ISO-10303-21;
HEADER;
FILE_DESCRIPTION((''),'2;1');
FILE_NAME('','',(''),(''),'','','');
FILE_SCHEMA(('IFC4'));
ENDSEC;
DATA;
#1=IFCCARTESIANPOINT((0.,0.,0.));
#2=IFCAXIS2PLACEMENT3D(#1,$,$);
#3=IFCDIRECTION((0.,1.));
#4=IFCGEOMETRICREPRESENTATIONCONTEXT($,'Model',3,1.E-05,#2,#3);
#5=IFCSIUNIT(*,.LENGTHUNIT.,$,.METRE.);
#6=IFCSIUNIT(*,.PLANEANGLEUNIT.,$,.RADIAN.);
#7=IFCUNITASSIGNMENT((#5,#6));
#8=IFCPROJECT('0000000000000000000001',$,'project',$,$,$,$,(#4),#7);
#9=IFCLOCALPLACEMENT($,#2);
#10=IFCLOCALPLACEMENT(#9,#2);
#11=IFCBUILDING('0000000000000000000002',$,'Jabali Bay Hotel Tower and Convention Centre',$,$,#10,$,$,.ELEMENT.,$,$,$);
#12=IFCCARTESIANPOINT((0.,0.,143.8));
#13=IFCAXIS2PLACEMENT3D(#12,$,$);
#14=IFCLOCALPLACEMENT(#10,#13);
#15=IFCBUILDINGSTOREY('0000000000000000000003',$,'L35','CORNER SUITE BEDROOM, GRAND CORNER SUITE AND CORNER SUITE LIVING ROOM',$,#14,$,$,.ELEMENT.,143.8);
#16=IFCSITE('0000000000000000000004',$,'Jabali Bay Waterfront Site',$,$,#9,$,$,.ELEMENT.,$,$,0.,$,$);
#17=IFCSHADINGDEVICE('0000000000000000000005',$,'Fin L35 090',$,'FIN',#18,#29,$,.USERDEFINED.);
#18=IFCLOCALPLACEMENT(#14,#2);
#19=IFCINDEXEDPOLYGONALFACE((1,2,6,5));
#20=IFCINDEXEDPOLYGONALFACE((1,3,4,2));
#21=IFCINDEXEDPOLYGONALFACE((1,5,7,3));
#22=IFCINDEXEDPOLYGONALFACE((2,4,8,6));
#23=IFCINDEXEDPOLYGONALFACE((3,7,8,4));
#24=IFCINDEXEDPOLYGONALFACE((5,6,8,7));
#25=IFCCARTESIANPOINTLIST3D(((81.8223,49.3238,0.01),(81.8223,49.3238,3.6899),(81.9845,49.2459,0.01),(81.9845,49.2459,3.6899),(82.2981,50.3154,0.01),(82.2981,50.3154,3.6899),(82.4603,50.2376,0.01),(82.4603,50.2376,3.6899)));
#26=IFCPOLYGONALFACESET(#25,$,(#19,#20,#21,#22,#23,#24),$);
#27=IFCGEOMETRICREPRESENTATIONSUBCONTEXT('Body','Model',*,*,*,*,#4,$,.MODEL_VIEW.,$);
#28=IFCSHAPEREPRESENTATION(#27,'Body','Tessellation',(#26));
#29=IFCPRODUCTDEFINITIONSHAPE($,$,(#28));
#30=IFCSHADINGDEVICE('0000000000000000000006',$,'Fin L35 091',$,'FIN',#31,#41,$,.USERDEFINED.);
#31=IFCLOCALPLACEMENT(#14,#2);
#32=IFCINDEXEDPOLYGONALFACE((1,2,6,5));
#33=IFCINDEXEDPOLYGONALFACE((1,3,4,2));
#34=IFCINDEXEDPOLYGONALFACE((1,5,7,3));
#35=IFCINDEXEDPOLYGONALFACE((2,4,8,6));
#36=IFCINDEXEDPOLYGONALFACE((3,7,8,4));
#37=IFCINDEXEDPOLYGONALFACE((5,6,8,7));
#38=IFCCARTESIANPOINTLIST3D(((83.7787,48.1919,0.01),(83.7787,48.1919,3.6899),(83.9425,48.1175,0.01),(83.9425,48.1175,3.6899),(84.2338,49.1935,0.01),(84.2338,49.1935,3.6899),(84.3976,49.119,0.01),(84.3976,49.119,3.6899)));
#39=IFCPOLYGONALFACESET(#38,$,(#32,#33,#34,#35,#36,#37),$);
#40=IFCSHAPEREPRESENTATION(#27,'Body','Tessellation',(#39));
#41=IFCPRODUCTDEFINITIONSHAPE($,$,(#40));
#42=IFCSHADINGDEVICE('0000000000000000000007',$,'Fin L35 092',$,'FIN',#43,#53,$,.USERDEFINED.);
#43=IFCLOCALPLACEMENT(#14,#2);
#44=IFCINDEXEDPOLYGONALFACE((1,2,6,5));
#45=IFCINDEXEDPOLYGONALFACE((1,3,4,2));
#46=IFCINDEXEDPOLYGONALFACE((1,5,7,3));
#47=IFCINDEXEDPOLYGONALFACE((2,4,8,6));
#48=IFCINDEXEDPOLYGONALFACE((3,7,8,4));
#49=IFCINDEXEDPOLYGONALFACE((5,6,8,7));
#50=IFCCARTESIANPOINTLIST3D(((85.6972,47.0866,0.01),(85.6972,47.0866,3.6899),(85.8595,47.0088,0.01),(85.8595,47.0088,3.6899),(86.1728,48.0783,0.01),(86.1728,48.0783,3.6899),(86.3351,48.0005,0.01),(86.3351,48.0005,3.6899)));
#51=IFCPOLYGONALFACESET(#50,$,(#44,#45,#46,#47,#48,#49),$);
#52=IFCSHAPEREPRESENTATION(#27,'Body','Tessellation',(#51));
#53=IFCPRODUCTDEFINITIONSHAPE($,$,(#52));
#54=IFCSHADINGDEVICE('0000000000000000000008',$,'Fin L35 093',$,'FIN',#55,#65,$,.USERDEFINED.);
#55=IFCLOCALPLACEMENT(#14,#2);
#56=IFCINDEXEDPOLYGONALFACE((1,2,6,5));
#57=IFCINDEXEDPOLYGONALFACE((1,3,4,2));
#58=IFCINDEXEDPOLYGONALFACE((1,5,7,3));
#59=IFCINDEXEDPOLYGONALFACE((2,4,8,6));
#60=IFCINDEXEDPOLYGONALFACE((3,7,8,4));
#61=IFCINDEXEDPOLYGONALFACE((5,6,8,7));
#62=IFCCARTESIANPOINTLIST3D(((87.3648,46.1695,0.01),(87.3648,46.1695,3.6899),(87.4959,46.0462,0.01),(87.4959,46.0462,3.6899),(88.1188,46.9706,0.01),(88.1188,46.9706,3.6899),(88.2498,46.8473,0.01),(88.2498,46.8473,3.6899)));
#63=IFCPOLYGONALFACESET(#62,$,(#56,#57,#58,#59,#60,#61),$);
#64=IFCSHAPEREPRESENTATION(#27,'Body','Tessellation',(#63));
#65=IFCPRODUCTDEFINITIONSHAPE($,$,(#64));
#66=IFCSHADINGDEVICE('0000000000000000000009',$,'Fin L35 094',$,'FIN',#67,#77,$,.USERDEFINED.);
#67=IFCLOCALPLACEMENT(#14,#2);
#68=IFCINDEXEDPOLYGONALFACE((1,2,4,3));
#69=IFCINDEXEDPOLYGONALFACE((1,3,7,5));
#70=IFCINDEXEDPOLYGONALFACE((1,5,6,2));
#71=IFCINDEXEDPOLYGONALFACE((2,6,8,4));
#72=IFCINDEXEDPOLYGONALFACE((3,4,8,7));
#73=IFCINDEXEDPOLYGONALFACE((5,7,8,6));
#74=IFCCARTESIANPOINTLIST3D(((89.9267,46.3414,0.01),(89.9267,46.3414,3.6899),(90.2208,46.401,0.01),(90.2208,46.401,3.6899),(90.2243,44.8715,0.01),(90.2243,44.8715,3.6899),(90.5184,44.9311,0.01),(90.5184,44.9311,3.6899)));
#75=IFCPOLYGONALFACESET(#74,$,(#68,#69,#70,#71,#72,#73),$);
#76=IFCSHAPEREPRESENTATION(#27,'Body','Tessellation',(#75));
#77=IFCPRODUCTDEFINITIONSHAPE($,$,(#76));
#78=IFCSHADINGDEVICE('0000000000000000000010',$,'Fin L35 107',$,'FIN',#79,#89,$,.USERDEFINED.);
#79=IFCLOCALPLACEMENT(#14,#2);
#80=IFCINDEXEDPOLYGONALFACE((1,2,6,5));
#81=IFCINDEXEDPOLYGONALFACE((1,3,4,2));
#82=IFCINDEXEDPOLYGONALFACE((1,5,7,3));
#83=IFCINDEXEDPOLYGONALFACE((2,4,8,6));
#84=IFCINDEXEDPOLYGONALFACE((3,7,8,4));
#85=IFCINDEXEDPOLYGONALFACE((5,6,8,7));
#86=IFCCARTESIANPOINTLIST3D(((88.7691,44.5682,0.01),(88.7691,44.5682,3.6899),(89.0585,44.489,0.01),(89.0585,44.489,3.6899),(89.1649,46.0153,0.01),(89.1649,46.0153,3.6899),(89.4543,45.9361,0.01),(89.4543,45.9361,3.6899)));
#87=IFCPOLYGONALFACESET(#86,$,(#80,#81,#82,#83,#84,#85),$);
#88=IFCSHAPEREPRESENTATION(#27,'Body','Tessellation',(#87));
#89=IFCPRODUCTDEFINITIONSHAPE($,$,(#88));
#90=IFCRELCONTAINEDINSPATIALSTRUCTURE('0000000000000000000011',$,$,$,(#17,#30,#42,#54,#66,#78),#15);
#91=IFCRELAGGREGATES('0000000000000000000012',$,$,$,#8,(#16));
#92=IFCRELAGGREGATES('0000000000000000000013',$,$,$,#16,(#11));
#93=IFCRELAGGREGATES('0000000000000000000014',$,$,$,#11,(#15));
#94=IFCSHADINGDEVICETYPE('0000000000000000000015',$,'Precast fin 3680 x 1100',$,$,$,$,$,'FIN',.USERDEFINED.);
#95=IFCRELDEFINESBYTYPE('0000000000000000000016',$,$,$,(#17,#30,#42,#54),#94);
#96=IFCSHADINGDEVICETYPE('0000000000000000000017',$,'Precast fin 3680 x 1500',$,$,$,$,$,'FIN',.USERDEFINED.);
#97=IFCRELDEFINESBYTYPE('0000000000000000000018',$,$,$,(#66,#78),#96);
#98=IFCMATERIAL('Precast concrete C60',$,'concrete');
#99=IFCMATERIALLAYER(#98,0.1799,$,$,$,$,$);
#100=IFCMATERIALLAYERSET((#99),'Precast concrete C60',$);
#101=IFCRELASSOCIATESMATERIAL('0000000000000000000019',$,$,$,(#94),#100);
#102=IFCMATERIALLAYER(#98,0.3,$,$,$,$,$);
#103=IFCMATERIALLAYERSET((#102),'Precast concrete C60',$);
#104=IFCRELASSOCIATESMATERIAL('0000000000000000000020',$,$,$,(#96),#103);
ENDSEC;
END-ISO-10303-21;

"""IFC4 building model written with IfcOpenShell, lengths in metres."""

from ifc_helpers import new_model, si_unit, direction, frame, frame_2d, origin, place, context, subcontext, project, spatial, rectangle, extrude, material, layer, layer_set, type_object, element, save


model = new_model("IFC4")

# Units and contexts
model_context = context("Model", 3, precision=1e-05, world=origin(), true_north=direction((0.0, 1.0)))
body_context = subcontext(model_context, "Body", "Model", "MODEL_VIEW")
ifc_project = project(units=[si_unit("LENGTHUNIT", "METRE"), si_unit("PLANEANGLEUNIT", "RADIAN")], contexts=[model_context])

# Site, building, storey
site_placement = place(None, origin())
site = spatial("IfcSite", under=ifc_project, at=site_placement, Name="Jabali Bay Waterfront Site", CompositionType="ELEMENT", RefElevation=0.0)
building_placement = place(site_placement, origin())
building = spatial("IfcBuilding", under=site, at=building_placement, Name="Jabali Bay Hotel Tower and Convention Centre", CompositionType="ELEMENT")
storey_placement = place(building_placement, frame((0.0, 0.0, 143.8)))
storey = spatial("IfcBuildingStorey", under=building, at=storey_placement, Name="L35", Description="CORNER SUITE BEDROOM, GRAND CORNER SUITE AND CORNER SUITE LIVING ROOM", CompositionType="ELEMENT", Elevation=143.8)

# Shading devices
ifc_material_1 = material(Name="Precast concrete C60", Category="concrete")
ifc_layer_1 = layer(ifc_material_1, 0.1799)
ifc_layer_set_1 = layer_set([ifc_layer_1], Name="Precast concrete C60")
shading_device_type_1 = type_object("IfcShadingDeviceType", Name="Precast fin 3680 x 1100", ElementType="FIN", PredefinedType="USERDEFINED", material=ifc_layer_set_1)
for number, where, z_axis, x_axis, name in (
    (1, (82.3792, 50.2764, 0.01), (0.0, 0.0, 1.0), (-0.432594, -0.901589, 0.0), "Fin L35 090"),
):
    element("IfcShadingDevice", number, at=place(storey_placement, frame(where, z_axis=z_axis, x_axis=x_axis)), inside=storey, type_object=shading_device_type_1, Name=name, ObjectType="FIN", PredefinedType="USERDEFINED", context=body_context, shape_type="SweptSolid", body=[
        extrude(rectangle(XDim=1.0999, YDim=0.1799, at=frame_2d((0.5498, 0.0))), origin(), (0.0, 0.0, 1.0), 3.6799),
    ])
shading_device_1_placement = place(storey_placement, frame((84.3157, 49.1562, 0.01), z_axis=(0.0, 0.0, 1.0), x_axis=(-0.413703, -0.910412, 0.0)))
element("IfcShadingDevice", 2, at=shading_device_1_placement, inside=storey, type_object=shading_device_type_1, Name="Fin L35 091", ObjectType="FIN", PredefinedType="USERDEFINED", context=body_context, shape_type="SweptSolid", body=[
    extrude(rectangle(XDim=1.1001, YDim=0.1799, at=frame_2d((0.55, 0.0))), origin(), (0.0, 0.0, 1.0), 3.6799),
])
shading_device_2_placement = place(storey_placement, frame((86.2539, 48.0393, 0.01), z_axis=(0.0, 0.0, 1.0), x_axis=(-0.432414, -0.901675, 0.0)))
element("IfcShadingDevice", 3, at=shading_device_2_placement, inside=storey, type_object=shading_device_type_1, Name="Fin L35 092", ObjectType="FIN", PredefinedType="USERDEFINED", context=body_context, shape_type="SweptSolid", body=[
    extrude(rectangle(XDim=1.0999, YDim=0.1799, at=frame_2d((0.5498, 0.0))), origin(), (0.0, 0.0, 1.0), 3.6799),
])
shading_device_3_placement = place(storey_placement, frame((88.1843, 46.9089, 0.01), z_axis=(0.0, 0.0, 1.0), x_axis=(-0.685365, -0.7282, 0.0)))
element("IfcShadingDevice", 4, at=shading_device_3_placement, inside=storey, type_object=shading_device_type_1, Name="Fin L35 093", ObjectType="FIN", PredefinedType="USERDEFINED", context=body_context, shape_type="SweptSolid", body=[
    extrude(rectangle(XDim=1.1001, YDim=0.1799, at=frame_2d((0.55, 0.0))), origin(), (0.0, 0.0, 1.0), 3.6799),
])
ifc_layer_2 = layer(ifc_material_1, 0.3)
ifc_layer_set_2 = layer_set([ifc_layer_2], Name="Precast concrete C60")
shading_device_type_2 = type_object("IfcShadingDeviceType", Name="Precast fin 3680 x 1500", ElementType="FIN", PredefinedType="USERDEFINED", material=ifc_layer_set_2)
shading_device_4_placement = place(storey_placement, frame((90.0737, 46.3713, 0.01), z_axis=(0.0, 0.0, 1.0), x_axis=(0.198432, -0.980115, 0.0)))
element("IfcShadingDevice", 5, at=shading_device_4_placement, inside=storey, type_object=shading_device_type_2, Name="Fin L35 094", ObjectType="FIN", PredefinedType="USERDEFINED", context=body_context, shape_type="SweptSolid", body=[
    extrude(rectangle(XDim=1.4998, YDim=0.3, at=frame_2d((0.75, 0.0))), origin(), (0.0, 0.0, 1.0), 3.6799),
])
shading_device_5_placement = place(storey_placement, frame((89.3096, 45.9756, 0.01), z_axis=(0.0, 0.0, 1.0), x_axis=(-0.263806, -0.964576, 0.0)))
element("IfcShadingDevice", 6, at=shading_device_5_placement, inside=storey, type_object=shading_device_type_2, Name="Fin L35 107", ObjectType="FIN", PredefinedType="USERDEFINED", context=body_context, shape_type="SweptSolid", body=[
    extrude(rectangle(XDim=1.5002, YDim=0.3, at=frame_2d((0.75, 0.0))), origin(), (0.0, 0.0, 1.0), 3.6799),
])

save(model, "model.ifc")
